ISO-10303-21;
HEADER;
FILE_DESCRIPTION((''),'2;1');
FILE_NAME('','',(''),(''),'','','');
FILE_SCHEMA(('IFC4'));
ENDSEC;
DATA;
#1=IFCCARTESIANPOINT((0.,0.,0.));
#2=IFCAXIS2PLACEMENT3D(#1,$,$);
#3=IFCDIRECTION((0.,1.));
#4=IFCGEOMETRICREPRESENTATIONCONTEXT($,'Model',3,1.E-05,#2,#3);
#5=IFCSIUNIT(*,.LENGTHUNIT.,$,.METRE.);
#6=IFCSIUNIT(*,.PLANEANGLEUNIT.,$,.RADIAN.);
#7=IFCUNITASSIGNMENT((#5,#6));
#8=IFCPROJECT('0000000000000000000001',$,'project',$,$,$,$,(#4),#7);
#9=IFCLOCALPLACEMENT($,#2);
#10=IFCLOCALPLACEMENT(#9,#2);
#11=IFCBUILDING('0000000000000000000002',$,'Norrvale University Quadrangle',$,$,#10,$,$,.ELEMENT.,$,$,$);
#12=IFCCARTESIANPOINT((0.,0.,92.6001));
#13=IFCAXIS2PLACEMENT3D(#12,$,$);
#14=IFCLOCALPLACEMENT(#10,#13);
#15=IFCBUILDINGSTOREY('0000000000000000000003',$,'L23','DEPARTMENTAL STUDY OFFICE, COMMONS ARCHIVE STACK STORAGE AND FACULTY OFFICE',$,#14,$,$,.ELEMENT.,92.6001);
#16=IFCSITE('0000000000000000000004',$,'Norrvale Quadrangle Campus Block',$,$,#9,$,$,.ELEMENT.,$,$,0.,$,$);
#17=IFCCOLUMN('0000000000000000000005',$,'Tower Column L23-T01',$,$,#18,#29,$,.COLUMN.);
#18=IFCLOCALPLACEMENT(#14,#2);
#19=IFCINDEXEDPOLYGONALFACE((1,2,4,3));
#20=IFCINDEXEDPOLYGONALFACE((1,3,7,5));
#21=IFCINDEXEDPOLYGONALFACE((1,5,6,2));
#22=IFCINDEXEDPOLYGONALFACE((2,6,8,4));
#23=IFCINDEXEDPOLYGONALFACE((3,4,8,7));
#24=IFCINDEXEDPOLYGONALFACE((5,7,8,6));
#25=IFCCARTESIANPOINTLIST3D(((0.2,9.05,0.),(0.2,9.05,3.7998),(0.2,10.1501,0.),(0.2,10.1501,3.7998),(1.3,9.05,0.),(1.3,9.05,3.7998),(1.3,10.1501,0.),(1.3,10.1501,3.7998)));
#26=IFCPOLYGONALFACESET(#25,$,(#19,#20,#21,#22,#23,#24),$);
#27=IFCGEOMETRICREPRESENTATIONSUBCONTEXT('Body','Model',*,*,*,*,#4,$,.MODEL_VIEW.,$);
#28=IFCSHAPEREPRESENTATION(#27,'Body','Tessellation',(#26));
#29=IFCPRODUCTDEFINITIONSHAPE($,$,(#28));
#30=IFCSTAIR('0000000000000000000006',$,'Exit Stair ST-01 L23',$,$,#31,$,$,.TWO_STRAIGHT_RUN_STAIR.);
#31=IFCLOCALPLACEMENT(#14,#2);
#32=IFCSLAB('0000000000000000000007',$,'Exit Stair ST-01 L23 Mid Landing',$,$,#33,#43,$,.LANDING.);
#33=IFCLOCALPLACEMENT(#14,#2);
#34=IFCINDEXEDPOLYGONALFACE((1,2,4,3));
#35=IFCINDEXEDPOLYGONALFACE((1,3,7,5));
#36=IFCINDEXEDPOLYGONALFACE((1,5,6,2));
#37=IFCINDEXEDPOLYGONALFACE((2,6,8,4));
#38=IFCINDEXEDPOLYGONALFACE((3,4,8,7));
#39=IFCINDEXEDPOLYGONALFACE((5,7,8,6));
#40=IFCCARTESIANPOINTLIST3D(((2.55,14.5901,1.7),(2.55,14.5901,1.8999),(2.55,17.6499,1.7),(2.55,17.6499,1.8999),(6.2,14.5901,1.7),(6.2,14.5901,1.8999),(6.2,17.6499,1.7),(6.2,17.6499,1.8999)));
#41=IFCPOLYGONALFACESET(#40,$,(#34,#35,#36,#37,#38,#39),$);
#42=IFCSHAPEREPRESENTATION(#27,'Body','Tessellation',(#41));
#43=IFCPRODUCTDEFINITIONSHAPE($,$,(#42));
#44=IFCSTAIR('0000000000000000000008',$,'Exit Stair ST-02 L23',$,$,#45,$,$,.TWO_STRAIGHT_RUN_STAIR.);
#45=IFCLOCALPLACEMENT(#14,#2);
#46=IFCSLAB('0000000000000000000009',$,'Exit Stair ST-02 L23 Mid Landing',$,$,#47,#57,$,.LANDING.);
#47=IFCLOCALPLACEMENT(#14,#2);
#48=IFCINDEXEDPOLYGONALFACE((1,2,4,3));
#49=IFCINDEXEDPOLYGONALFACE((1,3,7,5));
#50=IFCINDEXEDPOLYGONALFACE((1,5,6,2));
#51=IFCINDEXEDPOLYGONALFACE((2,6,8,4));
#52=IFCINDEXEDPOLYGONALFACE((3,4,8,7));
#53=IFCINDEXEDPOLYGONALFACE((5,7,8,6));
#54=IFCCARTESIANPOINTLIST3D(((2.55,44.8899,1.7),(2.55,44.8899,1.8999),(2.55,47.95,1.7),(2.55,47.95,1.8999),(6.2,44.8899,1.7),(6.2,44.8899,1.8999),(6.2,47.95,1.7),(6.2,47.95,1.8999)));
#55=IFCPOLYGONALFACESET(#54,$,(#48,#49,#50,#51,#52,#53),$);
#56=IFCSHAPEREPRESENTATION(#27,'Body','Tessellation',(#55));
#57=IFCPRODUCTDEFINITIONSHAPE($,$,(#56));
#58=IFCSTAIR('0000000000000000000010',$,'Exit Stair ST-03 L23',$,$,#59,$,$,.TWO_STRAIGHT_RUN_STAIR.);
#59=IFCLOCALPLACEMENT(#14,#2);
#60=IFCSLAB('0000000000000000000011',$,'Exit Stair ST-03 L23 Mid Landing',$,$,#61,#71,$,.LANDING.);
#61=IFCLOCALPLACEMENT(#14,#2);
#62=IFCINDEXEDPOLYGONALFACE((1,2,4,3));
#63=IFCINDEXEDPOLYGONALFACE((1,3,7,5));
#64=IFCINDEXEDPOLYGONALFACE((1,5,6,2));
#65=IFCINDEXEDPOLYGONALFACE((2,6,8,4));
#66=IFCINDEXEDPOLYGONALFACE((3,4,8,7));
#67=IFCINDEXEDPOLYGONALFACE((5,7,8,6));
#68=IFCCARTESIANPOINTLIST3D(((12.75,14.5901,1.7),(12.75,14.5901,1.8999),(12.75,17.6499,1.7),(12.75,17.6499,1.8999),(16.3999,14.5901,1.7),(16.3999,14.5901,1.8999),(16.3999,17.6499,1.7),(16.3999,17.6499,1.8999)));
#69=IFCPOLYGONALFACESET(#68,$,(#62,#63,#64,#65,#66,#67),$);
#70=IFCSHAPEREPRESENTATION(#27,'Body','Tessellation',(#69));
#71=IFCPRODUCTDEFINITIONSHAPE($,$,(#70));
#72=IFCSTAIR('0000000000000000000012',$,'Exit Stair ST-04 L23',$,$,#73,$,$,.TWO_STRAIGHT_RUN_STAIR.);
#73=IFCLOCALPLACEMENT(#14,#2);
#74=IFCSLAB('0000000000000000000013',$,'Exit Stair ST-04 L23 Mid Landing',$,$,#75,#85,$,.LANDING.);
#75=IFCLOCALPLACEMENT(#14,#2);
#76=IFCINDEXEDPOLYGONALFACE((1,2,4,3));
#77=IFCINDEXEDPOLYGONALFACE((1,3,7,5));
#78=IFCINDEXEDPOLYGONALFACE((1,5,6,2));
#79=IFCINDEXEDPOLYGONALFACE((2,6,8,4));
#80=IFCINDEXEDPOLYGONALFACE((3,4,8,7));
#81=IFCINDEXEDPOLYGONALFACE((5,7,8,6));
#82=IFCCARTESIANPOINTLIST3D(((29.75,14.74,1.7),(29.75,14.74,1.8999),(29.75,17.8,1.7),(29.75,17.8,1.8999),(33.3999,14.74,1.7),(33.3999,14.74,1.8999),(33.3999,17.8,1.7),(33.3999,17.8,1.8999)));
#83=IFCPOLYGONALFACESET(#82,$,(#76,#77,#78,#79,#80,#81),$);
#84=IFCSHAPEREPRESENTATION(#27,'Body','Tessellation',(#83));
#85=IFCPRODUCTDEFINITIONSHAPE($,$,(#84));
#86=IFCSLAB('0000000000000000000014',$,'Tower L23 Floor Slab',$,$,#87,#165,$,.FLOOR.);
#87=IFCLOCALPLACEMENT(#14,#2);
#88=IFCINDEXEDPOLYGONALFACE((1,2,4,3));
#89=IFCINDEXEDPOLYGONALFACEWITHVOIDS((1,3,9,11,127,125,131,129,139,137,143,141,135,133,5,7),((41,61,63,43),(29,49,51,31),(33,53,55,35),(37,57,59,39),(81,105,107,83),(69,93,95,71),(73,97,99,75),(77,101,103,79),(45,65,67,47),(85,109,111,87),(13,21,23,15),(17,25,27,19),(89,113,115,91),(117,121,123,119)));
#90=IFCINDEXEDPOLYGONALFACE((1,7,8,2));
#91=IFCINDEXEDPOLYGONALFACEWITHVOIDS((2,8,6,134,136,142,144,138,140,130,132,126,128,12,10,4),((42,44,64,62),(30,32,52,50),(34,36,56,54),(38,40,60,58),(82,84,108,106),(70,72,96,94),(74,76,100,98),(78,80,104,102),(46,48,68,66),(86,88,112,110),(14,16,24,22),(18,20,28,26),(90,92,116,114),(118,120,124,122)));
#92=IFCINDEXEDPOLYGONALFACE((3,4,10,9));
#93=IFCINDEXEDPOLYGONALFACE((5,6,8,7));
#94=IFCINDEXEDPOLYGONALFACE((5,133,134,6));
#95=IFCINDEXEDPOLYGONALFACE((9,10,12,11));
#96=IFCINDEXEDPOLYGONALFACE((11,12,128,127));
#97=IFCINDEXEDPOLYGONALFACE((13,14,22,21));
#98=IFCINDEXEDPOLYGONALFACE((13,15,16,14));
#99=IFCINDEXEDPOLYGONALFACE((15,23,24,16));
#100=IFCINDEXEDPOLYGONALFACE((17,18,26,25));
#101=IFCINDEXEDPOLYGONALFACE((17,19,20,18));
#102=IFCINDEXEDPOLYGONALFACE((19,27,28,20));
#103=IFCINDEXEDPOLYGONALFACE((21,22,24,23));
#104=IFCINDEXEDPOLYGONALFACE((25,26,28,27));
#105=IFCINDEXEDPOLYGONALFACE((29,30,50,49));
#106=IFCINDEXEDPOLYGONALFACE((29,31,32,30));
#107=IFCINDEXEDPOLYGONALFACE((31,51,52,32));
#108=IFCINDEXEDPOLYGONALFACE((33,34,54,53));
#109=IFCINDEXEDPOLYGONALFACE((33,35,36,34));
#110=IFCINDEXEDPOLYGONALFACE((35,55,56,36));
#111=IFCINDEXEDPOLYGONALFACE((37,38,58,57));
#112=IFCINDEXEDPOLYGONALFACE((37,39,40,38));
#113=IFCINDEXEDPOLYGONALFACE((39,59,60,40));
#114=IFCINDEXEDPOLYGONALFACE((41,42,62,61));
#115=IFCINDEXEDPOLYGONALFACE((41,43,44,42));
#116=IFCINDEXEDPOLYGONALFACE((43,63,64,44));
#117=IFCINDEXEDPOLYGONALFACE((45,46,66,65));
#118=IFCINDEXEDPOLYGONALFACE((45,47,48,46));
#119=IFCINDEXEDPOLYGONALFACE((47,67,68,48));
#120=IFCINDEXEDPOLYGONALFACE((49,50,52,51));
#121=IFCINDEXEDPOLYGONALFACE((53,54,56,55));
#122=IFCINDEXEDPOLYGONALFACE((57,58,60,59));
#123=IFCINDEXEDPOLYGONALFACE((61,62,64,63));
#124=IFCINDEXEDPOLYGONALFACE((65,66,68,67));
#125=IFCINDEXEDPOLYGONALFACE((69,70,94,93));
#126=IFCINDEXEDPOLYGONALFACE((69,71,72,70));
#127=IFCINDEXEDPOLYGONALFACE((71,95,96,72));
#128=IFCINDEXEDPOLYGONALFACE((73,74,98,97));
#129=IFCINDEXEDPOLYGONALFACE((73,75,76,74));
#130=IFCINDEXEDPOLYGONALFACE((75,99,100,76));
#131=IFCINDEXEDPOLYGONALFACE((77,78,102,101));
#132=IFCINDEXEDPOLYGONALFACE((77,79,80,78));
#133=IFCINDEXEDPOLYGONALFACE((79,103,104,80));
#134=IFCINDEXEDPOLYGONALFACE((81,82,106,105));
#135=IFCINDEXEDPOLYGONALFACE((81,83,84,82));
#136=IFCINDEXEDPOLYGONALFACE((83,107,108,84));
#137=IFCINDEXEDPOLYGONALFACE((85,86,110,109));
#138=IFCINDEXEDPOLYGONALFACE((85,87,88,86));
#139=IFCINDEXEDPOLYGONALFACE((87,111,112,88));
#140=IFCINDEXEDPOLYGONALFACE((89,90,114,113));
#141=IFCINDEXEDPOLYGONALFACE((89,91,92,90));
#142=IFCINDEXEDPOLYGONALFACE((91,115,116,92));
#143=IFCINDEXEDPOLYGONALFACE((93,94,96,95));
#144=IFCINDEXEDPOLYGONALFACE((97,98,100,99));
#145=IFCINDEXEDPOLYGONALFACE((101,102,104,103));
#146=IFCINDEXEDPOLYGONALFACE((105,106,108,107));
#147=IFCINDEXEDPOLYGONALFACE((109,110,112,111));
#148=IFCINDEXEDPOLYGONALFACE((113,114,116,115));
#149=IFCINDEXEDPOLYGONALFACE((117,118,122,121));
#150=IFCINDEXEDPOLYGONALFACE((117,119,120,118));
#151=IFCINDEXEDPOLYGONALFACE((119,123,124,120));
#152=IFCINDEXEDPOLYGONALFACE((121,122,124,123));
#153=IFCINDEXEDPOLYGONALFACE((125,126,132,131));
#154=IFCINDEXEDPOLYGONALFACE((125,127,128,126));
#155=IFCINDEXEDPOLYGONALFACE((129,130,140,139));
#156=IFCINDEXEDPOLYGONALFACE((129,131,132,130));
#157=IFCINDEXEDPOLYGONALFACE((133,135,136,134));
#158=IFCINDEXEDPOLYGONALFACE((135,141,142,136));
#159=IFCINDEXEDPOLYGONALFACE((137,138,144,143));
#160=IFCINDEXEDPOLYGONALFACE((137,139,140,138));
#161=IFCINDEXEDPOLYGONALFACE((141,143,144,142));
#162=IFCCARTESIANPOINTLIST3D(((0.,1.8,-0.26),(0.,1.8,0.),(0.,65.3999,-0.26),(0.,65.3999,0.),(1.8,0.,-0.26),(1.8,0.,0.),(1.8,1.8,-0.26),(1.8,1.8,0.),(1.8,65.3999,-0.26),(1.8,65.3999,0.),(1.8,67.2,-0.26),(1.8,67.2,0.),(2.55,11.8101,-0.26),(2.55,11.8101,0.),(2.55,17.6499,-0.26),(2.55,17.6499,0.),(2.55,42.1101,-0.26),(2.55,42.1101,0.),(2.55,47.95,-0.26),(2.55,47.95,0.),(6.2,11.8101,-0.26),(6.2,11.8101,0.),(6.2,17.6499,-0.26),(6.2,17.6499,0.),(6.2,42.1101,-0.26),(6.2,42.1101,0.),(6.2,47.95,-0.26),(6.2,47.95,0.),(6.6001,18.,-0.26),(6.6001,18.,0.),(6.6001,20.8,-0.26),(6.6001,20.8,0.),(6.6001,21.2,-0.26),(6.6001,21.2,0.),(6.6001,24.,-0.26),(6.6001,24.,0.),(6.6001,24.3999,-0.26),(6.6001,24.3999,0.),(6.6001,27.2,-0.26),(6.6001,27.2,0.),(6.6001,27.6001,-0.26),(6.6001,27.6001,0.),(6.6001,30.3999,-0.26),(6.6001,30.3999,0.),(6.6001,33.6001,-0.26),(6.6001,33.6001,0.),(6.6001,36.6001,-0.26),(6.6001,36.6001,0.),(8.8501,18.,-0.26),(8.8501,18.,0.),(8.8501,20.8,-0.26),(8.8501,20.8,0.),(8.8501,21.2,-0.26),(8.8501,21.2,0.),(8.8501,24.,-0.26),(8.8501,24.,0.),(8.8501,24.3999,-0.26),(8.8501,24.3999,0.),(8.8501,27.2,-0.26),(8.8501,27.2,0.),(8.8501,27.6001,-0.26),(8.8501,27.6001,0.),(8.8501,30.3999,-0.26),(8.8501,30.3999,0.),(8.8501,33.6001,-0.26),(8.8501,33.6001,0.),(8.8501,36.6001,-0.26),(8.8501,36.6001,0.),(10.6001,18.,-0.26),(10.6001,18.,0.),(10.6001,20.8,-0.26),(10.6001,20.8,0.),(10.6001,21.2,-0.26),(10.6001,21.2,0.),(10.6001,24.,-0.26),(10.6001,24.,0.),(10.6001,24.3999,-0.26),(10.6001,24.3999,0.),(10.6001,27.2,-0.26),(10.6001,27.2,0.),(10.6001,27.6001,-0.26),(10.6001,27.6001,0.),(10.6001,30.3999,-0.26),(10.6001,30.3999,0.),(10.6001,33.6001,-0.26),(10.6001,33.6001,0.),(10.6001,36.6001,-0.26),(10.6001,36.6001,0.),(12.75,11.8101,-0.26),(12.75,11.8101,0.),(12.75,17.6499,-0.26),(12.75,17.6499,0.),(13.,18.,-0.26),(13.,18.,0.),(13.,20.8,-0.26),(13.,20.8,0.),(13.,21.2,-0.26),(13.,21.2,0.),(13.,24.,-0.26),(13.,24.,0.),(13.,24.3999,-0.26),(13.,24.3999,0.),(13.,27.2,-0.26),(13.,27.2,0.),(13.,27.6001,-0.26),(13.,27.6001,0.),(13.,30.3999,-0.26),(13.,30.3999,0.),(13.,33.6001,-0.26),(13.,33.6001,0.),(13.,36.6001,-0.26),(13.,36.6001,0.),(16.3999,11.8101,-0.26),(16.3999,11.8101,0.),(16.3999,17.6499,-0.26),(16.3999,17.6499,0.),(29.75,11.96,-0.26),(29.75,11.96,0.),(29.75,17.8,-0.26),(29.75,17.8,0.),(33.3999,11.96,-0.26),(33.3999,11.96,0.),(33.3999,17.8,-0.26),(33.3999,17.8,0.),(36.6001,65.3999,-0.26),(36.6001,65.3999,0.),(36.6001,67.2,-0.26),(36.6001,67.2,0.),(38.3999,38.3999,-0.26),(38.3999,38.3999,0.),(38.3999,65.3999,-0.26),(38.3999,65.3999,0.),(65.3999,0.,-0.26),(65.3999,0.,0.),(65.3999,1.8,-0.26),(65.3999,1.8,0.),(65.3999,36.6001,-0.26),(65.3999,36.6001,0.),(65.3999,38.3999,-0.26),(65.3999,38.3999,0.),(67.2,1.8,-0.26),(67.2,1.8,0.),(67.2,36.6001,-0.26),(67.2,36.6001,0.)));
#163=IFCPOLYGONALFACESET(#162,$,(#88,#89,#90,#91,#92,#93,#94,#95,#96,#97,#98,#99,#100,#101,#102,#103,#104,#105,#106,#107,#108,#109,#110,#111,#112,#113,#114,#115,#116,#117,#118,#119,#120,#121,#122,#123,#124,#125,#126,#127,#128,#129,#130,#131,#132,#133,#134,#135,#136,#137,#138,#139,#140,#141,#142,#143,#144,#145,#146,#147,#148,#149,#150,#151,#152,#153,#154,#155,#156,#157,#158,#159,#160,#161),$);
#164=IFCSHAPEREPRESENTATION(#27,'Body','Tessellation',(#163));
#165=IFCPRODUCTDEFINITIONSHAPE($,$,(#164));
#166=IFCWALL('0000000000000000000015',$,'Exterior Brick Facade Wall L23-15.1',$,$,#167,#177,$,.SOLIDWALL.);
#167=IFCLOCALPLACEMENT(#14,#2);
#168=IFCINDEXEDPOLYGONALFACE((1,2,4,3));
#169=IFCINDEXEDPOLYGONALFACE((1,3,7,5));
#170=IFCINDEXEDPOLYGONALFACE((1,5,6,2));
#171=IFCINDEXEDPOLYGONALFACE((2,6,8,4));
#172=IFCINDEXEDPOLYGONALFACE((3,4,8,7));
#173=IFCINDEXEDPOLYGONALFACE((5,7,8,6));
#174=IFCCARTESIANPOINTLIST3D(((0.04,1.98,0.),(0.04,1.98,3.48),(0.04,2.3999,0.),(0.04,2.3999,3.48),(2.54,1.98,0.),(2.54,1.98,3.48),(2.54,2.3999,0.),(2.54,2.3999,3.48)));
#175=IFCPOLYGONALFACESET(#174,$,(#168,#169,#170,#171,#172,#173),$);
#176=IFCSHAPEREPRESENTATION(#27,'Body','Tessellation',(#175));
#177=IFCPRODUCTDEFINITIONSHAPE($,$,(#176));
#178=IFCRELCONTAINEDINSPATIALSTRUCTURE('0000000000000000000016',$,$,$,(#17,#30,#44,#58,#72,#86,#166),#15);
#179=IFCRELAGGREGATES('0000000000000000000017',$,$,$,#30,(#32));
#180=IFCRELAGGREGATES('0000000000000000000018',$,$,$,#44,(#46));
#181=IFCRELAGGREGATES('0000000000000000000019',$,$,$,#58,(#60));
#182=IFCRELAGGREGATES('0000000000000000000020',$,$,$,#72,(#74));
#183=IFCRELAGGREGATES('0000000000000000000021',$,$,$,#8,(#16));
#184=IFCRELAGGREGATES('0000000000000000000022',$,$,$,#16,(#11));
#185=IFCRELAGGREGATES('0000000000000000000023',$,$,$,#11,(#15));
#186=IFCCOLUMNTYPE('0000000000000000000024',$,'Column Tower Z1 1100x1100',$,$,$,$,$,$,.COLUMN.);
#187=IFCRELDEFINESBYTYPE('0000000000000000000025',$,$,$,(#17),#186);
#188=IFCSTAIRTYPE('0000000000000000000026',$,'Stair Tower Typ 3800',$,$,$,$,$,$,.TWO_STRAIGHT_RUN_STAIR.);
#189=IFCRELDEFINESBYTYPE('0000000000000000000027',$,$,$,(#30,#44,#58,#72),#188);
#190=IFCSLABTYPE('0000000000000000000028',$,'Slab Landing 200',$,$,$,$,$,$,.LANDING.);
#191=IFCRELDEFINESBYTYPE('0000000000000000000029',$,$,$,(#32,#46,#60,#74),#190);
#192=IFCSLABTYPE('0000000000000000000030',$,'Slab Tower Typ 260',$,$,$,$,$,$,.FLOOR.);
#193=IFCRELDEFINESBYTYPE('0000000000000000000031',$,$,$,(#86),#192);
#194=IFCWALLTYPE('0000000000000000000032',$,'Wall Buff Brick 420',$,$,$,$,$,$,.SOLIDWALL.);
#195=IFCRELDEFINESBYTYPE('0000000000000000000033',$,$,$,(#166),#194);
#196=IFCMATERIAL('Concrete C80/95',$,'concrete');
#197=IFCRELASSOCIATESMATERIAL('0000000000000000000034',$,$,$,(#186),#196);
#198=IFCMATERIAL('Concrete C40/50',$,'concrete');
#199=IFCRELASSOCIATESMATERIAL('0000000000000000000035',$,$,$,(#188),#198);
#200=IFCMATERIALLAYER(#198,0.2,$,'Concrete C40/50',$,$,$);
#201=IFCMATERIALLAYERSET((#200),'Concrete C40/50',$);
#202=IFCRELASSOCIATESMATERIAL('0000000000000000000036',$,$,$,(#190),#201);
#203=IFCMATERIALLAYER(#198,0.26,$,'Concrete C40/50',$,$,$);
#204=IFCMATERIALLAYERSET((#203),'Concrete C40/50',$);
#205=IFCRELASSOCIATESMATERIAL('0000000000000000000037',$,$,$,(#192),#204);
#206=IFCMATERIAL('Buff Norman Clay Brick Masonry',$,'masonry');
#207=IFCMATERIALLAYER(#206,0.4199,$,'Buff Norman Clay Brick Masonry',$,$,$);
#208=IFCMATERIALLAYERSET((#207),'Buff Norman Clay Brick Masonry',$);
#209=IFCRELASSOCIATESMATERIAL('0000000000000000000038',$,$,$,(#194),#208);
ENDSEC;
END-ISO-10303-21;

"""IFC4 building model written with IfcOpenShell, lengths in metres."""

from ifc_helpers import new_model, si_unit, direction, frame, frame_2d, origin, origin_2d, place, context, subcontext, project, spatial, polyline, rectangle, outline, extrude, material, layer, layer_set, material_profile, profile_set, type_object, element, aggregate, save


model = new_model("IFC4")

# Units and contexts
model_context = context("Model", 3, precision=1e-05, world=origin(), true_north=direction((0.0, 1.0)))
body_context = subcontext(model_context, "Body", "Model", "MODEL_VIEW")
ifc_project = project(units=[si_unit("LENGTHUNIT", "METRE"), si_unit("PLANEANGLEUNIT", "RADIAN")], contexts=[model_context])

# Site, building, storey
site_placement = place(None, origin())
site = spatial("IfcSite", under=ifc_project, at=site_placement, Name="Norrvale Quadrangle Campus Block", CompositionType="ELEMENT", RefElevation=0.0)
building_placement = place(site_placement, origin())
building = spatial("IfcBuilding", under=site, at=building_placement, Name="Norrvale University Quadrangle", CompositionType="ELEMENT")
storey_placement = place(building_placement, frame((0.0, 0.0, 92.6001)))
storey = spatial("IfcBuildingStorey", under=building, at=storey_placement, Name="L23", Description="DEPARTMENTAL STUDY OFFICE, COMMONS ARCHIVE STACK STORAGE AND FACULTY OFFICE", CompositionType="ELEMENT", Elevation=92.6001)

# Column
ifc_material_1 = material(Name="Concrete C80/95", Category="concrete")
ifc_material_profile = material_profile(ifc_material_1, rectangle(XDim=1.1001, YDim=1.1001, at=origin_2d()), Name="Concrete C80/95")
ifc_profile_set = profile_set([ifc_material_profile], Name="Concrete C80/95")
column_type = type_object("IfcColumnType", Name="Column Tower Z1 1100x1100", PredefinedType="COLUMN", material=ifc_profile_set)
column_placement = place(storey_placement, frame((0.75, 9.6001, 0.0), z_axis=(0.0, 0.0, 1.0), x_axis=(1.0, 0.0, 0.0)))
element("IfcColumn", 1, at=column_placement, inside=storey, type_object=column_type, Name="Tower Column L23-T01", PredefinedType="COLUMN", context=body_context, shape_type="SweptSolid", body=[
    extrude(rectangle(XDim=1.1001, YDim=1.1001, at=origin_2d()), origin(), (0.0, 0.0, 1.0), 3.7998),
])

# Stairs, slabs
ifc_material_2 = material(Name="Concrete C40/50", Category="concrete")
stair_type = type_object("IfcStairType", Name="Stair Tower Typ 3800", PredefinedType="TWO_STRAIGHT_RUN_STAIR", material=ifc_material_2)
stair_1_placement = place(storey_placement, origin())
stair_1 = element("IfcStair", 2, at=stair_1_placement, inside=storey, type_object=stair_type, Name="Exit Stair ST-01 L23", PredefinedType="TWO_STRAIGHT_RUN_STAIR")
ifc_layer_1 = layer(ifc_material_2, 0.2, Name="Concrete C40/50")
ifc_layer_set_1 = layer_set([ifc_layer_1], Name="Concrete C40/50")
slab_type_1 = type_object("IfcSlabType", Name="Slab Landing 200", PredefinedType="LANDING", material=ifc_layer_set_1)
slab_1_placement = place(storey_placement, frame((0.0, 0.0, 1.7)))
slab_1 = element("IfcSlab", 3, at=slab_1_placement, type_object=slab_type_1, Name="Exit Stair ST-01 L23 Mid Landing", PredefinedType="LANDING", context=body_context, shape_type="SweptSolid", body=[
    extrude(outline(polyline([(2.55, 14.5901), (6.2, 14.5901), (6.2, 17.6499), (2.55, 17.6499), (2.55, 14.5901)])), origin(), (0.0, 0.0, 1.0), 0.2),
])
aggregate(stair_1, [slab_1])
stair_2_placement = place(storey_placement, origin())
stair_2 = element("IfcStair", 4, at=stair_2_placement, inside=storey, type_object=stair_type, Name="Exit Stair ST-02 L23", PredefinedType="TWO_STRAIGHT_RUN_STAIR")
slab_2_placement = place(storey_placement, frame((0.0, 0.0, 1.7)))
slab_2 = element("IfcSlab", 5, at=slab_2_placement, type_object=slab_type_1, Name="Exit Stair ST-02 L23 Mid Landing", PredefinedType="LANDING", context=body_context, shape_type="SweptSolid", body=[
    extrude(outline(polyline([(2.55, 44.8899), (6.2, 44.8899), (6.2, 47.95), (2.55, 47.95), (2.55, 44.8899)])), origin(), (0.0, 0.0, 1.0), 0.2),
])
aggregate(stair_2, [slab_2])
stair_3_placement = place(storey_placement, origin())
stair_3 = element("IfcStair", 6, at=stair_3_placement, inside=storey, type_object=stair_type, Name="Exit Stair ST-03 L23", PredefinedType="TWO_STRAIGHT_RUN_STAIR")
slab_3_placement = place(storey_placement, frame((0.0, 0.0, 1.7)))
slab_3 = element("IfcSlab", 7, at=slab_3_placement, type_object=slab_type_1, Name="Exit Stair ST-03 L23 Mid Landing", PredefinedType="LANDING", context=body_context, shape_type="SweptSolid", body=[
    extrude(outline(polyline([(12.75, 14.5901), (16.3999, 14.5901), (16.3999, 17.6499), (12.75, 17.6499), (12.75, 14.5901)])), origin(), (0.0, 0.0, 1.0), 0.2),
])
aggregate(stair_3, [slab_3])
stair_4_placement = place(storey_placement, origin())
stair_4 = element("IfcStair", 8, at=stair_4_placement, inside=storey, type_object=stair_type, Name="Exit Stair ST-04 L23", PredefinedType="TWO_STRAIGHT_RUN_STAIR")
slab_4_placement = place(storey_placement, frame((0.0, 0.0, 1.7)))
slab_4 = element("IfcSlab", 9, at=slab_4_placement, type_object=slab_type_1, Name="Exit Stair ST-04 L23 Mid Landing", PredefinedType="LANDING", context=body_context, shape_type="SweptSolid", body=[
    extrude(outline(polyline([(29.75, 14.74), (33.3999, 14.74), (33.3999, 17.8), (29.75, 17.8), (29.75, 14.74)])), origin(), (0.0, 0.0, 1.0), 0.2),
])
aggregate(stair_4, [slab_4])

# Slab
ifc_layer_2 = layer(ifc_material_2, 0.26, Name="Concrete C40/50")
ifc_layer_set_2 = layer_set([ifc_layer_2], Name="Concrete C40/50")
slab_type_2 = type_object("IfcSlabType", Name="Slab Tower Typ 260", PredefinedType="FLOOR", material=ifc_layer_set_2)
slab_5_placement = place(storey_placement, frame((0.0, 0.0, -0.26)))
element("IfcSlab", 10, at=slab_5_placement, inside=storey, type_object=slab_type_2, Name="Tower L23 Floor Slab", PredefinedType="FLOOR", context=body_context, shape_type="SweptSolid", body=[
    extrude(outline(polyline([(1.8, 0.0), (65.3999, 0.0), (65.3999, 1.8), (67.2, 1.8), (67.2, 36.6001), (65.3999, 36.6001), (65.3999, 38.3999), (38.3999, 38.3999), (38.3999, 65.3999), (36.6001, 65.3999), (36.6001, 67.2), (1.8, 67.2), (1.8, 65.3999), (0.0, 65.3999), (0.0, 1.8), (1.8, 1.8), (1.8, 0.0)]), holes=[polyline([(2.55, 11.8101), (6.2, 11.8101), (6.2, 17.6499), (2.55, 17.6499), (2.55, 11.8101)]), polyline([(2.55, 42.1101), (6.2, 42.1101), (6.2, 47.95), (2.55, 47.95), (2.55, 42.1101)]), polyline([(12.75, 11.8101), (16.3999, 11.8101), (16.3999, 17.6499), (12.75, 17.6499), (12.75, 11.8101)]), polyline([(29.75, 11.96), (33.3999, 11.96), (33.3999, 17.8), (29.75, 17.8), (29.75, 11.96)]), polyline([(6.6001, 18.0), (8.8501, 18.0), (8.8501, 20.8), (6.6001, 20.8), (6.6001, 18.0)]), polyline([(6.6001, 21.2), (8.8501, 21.2), (8.8501, 24.0), (6.6001, 24.0), (6.6001, 21.2)]), polyline([(6.6001, 24.3999), (8.8501, 24.3999), (8.8501, 27.2), (6.6001, 27.2), (6.6001, 24.3999)]), polyline([(6.6001, 27.6001), (8.8501, 27.6001), (8.8501, 30.3999), (6.6001, 30.3999), (6.6001, 27.6001)]), polyline([(10.6001, 18.0), (13.0, 18.0), (13.0, 20.8), (10.6001, 20.8), (10.6001, 18.0)]), polyline([(10.6001, 21.2), (13.0, 21.2), (13.0, 24.0), (10.6001, 24.0), (10.6001, 21.2)]), polyline([(10.6001, 24.3999), (13.0, 24.3999), (13.0, 27.2), (10.6001, 27.2), (10.6001, 24.3999)]), polyline([(10.6001, 27.6001), (13.0, 27.6001), (13.0, 30.3999), (10.6001, 30.3999), (10.6001, 27.6001)]), polyline([(6.6001, 33.6001), (8.8501, 33.6001), (8.8501, 36.6001), (6.6001, 36.6001), (6.6001, 33.6001)]), polyline([(10.6001, 33.6001), (13.0, 33.6001), (13.0, 36.6001), (10.6001, 36.6001), (10.6001, 33.6001)])]), origin(), (0.0, 0.0, 1.0), 0.26),
])

# Wall
ifc_material_3 = material(Name="Buff Norman Clay Brick Masonry", Category="masonry")
ifc_layer_3 = layer(ifc_material_3, 0.4199, Name="Buff Norman Clay Brick Masonry")
ifc_layer_set_3 = layer_set([ifc_layer_3], Name="Buff Norman Clay Brick Masonry")
wall_type_1 = type_object("IfcWallType", Name="Wall Buff Brick 420", PredefinedType="SOLIDWALL", material=ifc_layer_set_3)
wall_1_placement = place(storey_placement, frame((0.04, 2.1899, 0.0), z_axis=(0.0, 0.0, 1.0), x_axis=(1.0, 0.0, 0.0)))
element("IfcWall", 11, at=wall_1_placement, inside=storey, type_object=wall_type_1, Name="Exterior Brick Facade Wall L23-15.1", PredefinedType="SOLIDWALL", context=body_context, shape_type="SweptSolid", body=[
    extrude(rectangle(XDim=2.5, YDim=0.4199, at=frame_2d((1.25, 0.0))), origin(), (0.0, 0.0, 1.0), 3.48),
])

save(model, "model.ifc")
